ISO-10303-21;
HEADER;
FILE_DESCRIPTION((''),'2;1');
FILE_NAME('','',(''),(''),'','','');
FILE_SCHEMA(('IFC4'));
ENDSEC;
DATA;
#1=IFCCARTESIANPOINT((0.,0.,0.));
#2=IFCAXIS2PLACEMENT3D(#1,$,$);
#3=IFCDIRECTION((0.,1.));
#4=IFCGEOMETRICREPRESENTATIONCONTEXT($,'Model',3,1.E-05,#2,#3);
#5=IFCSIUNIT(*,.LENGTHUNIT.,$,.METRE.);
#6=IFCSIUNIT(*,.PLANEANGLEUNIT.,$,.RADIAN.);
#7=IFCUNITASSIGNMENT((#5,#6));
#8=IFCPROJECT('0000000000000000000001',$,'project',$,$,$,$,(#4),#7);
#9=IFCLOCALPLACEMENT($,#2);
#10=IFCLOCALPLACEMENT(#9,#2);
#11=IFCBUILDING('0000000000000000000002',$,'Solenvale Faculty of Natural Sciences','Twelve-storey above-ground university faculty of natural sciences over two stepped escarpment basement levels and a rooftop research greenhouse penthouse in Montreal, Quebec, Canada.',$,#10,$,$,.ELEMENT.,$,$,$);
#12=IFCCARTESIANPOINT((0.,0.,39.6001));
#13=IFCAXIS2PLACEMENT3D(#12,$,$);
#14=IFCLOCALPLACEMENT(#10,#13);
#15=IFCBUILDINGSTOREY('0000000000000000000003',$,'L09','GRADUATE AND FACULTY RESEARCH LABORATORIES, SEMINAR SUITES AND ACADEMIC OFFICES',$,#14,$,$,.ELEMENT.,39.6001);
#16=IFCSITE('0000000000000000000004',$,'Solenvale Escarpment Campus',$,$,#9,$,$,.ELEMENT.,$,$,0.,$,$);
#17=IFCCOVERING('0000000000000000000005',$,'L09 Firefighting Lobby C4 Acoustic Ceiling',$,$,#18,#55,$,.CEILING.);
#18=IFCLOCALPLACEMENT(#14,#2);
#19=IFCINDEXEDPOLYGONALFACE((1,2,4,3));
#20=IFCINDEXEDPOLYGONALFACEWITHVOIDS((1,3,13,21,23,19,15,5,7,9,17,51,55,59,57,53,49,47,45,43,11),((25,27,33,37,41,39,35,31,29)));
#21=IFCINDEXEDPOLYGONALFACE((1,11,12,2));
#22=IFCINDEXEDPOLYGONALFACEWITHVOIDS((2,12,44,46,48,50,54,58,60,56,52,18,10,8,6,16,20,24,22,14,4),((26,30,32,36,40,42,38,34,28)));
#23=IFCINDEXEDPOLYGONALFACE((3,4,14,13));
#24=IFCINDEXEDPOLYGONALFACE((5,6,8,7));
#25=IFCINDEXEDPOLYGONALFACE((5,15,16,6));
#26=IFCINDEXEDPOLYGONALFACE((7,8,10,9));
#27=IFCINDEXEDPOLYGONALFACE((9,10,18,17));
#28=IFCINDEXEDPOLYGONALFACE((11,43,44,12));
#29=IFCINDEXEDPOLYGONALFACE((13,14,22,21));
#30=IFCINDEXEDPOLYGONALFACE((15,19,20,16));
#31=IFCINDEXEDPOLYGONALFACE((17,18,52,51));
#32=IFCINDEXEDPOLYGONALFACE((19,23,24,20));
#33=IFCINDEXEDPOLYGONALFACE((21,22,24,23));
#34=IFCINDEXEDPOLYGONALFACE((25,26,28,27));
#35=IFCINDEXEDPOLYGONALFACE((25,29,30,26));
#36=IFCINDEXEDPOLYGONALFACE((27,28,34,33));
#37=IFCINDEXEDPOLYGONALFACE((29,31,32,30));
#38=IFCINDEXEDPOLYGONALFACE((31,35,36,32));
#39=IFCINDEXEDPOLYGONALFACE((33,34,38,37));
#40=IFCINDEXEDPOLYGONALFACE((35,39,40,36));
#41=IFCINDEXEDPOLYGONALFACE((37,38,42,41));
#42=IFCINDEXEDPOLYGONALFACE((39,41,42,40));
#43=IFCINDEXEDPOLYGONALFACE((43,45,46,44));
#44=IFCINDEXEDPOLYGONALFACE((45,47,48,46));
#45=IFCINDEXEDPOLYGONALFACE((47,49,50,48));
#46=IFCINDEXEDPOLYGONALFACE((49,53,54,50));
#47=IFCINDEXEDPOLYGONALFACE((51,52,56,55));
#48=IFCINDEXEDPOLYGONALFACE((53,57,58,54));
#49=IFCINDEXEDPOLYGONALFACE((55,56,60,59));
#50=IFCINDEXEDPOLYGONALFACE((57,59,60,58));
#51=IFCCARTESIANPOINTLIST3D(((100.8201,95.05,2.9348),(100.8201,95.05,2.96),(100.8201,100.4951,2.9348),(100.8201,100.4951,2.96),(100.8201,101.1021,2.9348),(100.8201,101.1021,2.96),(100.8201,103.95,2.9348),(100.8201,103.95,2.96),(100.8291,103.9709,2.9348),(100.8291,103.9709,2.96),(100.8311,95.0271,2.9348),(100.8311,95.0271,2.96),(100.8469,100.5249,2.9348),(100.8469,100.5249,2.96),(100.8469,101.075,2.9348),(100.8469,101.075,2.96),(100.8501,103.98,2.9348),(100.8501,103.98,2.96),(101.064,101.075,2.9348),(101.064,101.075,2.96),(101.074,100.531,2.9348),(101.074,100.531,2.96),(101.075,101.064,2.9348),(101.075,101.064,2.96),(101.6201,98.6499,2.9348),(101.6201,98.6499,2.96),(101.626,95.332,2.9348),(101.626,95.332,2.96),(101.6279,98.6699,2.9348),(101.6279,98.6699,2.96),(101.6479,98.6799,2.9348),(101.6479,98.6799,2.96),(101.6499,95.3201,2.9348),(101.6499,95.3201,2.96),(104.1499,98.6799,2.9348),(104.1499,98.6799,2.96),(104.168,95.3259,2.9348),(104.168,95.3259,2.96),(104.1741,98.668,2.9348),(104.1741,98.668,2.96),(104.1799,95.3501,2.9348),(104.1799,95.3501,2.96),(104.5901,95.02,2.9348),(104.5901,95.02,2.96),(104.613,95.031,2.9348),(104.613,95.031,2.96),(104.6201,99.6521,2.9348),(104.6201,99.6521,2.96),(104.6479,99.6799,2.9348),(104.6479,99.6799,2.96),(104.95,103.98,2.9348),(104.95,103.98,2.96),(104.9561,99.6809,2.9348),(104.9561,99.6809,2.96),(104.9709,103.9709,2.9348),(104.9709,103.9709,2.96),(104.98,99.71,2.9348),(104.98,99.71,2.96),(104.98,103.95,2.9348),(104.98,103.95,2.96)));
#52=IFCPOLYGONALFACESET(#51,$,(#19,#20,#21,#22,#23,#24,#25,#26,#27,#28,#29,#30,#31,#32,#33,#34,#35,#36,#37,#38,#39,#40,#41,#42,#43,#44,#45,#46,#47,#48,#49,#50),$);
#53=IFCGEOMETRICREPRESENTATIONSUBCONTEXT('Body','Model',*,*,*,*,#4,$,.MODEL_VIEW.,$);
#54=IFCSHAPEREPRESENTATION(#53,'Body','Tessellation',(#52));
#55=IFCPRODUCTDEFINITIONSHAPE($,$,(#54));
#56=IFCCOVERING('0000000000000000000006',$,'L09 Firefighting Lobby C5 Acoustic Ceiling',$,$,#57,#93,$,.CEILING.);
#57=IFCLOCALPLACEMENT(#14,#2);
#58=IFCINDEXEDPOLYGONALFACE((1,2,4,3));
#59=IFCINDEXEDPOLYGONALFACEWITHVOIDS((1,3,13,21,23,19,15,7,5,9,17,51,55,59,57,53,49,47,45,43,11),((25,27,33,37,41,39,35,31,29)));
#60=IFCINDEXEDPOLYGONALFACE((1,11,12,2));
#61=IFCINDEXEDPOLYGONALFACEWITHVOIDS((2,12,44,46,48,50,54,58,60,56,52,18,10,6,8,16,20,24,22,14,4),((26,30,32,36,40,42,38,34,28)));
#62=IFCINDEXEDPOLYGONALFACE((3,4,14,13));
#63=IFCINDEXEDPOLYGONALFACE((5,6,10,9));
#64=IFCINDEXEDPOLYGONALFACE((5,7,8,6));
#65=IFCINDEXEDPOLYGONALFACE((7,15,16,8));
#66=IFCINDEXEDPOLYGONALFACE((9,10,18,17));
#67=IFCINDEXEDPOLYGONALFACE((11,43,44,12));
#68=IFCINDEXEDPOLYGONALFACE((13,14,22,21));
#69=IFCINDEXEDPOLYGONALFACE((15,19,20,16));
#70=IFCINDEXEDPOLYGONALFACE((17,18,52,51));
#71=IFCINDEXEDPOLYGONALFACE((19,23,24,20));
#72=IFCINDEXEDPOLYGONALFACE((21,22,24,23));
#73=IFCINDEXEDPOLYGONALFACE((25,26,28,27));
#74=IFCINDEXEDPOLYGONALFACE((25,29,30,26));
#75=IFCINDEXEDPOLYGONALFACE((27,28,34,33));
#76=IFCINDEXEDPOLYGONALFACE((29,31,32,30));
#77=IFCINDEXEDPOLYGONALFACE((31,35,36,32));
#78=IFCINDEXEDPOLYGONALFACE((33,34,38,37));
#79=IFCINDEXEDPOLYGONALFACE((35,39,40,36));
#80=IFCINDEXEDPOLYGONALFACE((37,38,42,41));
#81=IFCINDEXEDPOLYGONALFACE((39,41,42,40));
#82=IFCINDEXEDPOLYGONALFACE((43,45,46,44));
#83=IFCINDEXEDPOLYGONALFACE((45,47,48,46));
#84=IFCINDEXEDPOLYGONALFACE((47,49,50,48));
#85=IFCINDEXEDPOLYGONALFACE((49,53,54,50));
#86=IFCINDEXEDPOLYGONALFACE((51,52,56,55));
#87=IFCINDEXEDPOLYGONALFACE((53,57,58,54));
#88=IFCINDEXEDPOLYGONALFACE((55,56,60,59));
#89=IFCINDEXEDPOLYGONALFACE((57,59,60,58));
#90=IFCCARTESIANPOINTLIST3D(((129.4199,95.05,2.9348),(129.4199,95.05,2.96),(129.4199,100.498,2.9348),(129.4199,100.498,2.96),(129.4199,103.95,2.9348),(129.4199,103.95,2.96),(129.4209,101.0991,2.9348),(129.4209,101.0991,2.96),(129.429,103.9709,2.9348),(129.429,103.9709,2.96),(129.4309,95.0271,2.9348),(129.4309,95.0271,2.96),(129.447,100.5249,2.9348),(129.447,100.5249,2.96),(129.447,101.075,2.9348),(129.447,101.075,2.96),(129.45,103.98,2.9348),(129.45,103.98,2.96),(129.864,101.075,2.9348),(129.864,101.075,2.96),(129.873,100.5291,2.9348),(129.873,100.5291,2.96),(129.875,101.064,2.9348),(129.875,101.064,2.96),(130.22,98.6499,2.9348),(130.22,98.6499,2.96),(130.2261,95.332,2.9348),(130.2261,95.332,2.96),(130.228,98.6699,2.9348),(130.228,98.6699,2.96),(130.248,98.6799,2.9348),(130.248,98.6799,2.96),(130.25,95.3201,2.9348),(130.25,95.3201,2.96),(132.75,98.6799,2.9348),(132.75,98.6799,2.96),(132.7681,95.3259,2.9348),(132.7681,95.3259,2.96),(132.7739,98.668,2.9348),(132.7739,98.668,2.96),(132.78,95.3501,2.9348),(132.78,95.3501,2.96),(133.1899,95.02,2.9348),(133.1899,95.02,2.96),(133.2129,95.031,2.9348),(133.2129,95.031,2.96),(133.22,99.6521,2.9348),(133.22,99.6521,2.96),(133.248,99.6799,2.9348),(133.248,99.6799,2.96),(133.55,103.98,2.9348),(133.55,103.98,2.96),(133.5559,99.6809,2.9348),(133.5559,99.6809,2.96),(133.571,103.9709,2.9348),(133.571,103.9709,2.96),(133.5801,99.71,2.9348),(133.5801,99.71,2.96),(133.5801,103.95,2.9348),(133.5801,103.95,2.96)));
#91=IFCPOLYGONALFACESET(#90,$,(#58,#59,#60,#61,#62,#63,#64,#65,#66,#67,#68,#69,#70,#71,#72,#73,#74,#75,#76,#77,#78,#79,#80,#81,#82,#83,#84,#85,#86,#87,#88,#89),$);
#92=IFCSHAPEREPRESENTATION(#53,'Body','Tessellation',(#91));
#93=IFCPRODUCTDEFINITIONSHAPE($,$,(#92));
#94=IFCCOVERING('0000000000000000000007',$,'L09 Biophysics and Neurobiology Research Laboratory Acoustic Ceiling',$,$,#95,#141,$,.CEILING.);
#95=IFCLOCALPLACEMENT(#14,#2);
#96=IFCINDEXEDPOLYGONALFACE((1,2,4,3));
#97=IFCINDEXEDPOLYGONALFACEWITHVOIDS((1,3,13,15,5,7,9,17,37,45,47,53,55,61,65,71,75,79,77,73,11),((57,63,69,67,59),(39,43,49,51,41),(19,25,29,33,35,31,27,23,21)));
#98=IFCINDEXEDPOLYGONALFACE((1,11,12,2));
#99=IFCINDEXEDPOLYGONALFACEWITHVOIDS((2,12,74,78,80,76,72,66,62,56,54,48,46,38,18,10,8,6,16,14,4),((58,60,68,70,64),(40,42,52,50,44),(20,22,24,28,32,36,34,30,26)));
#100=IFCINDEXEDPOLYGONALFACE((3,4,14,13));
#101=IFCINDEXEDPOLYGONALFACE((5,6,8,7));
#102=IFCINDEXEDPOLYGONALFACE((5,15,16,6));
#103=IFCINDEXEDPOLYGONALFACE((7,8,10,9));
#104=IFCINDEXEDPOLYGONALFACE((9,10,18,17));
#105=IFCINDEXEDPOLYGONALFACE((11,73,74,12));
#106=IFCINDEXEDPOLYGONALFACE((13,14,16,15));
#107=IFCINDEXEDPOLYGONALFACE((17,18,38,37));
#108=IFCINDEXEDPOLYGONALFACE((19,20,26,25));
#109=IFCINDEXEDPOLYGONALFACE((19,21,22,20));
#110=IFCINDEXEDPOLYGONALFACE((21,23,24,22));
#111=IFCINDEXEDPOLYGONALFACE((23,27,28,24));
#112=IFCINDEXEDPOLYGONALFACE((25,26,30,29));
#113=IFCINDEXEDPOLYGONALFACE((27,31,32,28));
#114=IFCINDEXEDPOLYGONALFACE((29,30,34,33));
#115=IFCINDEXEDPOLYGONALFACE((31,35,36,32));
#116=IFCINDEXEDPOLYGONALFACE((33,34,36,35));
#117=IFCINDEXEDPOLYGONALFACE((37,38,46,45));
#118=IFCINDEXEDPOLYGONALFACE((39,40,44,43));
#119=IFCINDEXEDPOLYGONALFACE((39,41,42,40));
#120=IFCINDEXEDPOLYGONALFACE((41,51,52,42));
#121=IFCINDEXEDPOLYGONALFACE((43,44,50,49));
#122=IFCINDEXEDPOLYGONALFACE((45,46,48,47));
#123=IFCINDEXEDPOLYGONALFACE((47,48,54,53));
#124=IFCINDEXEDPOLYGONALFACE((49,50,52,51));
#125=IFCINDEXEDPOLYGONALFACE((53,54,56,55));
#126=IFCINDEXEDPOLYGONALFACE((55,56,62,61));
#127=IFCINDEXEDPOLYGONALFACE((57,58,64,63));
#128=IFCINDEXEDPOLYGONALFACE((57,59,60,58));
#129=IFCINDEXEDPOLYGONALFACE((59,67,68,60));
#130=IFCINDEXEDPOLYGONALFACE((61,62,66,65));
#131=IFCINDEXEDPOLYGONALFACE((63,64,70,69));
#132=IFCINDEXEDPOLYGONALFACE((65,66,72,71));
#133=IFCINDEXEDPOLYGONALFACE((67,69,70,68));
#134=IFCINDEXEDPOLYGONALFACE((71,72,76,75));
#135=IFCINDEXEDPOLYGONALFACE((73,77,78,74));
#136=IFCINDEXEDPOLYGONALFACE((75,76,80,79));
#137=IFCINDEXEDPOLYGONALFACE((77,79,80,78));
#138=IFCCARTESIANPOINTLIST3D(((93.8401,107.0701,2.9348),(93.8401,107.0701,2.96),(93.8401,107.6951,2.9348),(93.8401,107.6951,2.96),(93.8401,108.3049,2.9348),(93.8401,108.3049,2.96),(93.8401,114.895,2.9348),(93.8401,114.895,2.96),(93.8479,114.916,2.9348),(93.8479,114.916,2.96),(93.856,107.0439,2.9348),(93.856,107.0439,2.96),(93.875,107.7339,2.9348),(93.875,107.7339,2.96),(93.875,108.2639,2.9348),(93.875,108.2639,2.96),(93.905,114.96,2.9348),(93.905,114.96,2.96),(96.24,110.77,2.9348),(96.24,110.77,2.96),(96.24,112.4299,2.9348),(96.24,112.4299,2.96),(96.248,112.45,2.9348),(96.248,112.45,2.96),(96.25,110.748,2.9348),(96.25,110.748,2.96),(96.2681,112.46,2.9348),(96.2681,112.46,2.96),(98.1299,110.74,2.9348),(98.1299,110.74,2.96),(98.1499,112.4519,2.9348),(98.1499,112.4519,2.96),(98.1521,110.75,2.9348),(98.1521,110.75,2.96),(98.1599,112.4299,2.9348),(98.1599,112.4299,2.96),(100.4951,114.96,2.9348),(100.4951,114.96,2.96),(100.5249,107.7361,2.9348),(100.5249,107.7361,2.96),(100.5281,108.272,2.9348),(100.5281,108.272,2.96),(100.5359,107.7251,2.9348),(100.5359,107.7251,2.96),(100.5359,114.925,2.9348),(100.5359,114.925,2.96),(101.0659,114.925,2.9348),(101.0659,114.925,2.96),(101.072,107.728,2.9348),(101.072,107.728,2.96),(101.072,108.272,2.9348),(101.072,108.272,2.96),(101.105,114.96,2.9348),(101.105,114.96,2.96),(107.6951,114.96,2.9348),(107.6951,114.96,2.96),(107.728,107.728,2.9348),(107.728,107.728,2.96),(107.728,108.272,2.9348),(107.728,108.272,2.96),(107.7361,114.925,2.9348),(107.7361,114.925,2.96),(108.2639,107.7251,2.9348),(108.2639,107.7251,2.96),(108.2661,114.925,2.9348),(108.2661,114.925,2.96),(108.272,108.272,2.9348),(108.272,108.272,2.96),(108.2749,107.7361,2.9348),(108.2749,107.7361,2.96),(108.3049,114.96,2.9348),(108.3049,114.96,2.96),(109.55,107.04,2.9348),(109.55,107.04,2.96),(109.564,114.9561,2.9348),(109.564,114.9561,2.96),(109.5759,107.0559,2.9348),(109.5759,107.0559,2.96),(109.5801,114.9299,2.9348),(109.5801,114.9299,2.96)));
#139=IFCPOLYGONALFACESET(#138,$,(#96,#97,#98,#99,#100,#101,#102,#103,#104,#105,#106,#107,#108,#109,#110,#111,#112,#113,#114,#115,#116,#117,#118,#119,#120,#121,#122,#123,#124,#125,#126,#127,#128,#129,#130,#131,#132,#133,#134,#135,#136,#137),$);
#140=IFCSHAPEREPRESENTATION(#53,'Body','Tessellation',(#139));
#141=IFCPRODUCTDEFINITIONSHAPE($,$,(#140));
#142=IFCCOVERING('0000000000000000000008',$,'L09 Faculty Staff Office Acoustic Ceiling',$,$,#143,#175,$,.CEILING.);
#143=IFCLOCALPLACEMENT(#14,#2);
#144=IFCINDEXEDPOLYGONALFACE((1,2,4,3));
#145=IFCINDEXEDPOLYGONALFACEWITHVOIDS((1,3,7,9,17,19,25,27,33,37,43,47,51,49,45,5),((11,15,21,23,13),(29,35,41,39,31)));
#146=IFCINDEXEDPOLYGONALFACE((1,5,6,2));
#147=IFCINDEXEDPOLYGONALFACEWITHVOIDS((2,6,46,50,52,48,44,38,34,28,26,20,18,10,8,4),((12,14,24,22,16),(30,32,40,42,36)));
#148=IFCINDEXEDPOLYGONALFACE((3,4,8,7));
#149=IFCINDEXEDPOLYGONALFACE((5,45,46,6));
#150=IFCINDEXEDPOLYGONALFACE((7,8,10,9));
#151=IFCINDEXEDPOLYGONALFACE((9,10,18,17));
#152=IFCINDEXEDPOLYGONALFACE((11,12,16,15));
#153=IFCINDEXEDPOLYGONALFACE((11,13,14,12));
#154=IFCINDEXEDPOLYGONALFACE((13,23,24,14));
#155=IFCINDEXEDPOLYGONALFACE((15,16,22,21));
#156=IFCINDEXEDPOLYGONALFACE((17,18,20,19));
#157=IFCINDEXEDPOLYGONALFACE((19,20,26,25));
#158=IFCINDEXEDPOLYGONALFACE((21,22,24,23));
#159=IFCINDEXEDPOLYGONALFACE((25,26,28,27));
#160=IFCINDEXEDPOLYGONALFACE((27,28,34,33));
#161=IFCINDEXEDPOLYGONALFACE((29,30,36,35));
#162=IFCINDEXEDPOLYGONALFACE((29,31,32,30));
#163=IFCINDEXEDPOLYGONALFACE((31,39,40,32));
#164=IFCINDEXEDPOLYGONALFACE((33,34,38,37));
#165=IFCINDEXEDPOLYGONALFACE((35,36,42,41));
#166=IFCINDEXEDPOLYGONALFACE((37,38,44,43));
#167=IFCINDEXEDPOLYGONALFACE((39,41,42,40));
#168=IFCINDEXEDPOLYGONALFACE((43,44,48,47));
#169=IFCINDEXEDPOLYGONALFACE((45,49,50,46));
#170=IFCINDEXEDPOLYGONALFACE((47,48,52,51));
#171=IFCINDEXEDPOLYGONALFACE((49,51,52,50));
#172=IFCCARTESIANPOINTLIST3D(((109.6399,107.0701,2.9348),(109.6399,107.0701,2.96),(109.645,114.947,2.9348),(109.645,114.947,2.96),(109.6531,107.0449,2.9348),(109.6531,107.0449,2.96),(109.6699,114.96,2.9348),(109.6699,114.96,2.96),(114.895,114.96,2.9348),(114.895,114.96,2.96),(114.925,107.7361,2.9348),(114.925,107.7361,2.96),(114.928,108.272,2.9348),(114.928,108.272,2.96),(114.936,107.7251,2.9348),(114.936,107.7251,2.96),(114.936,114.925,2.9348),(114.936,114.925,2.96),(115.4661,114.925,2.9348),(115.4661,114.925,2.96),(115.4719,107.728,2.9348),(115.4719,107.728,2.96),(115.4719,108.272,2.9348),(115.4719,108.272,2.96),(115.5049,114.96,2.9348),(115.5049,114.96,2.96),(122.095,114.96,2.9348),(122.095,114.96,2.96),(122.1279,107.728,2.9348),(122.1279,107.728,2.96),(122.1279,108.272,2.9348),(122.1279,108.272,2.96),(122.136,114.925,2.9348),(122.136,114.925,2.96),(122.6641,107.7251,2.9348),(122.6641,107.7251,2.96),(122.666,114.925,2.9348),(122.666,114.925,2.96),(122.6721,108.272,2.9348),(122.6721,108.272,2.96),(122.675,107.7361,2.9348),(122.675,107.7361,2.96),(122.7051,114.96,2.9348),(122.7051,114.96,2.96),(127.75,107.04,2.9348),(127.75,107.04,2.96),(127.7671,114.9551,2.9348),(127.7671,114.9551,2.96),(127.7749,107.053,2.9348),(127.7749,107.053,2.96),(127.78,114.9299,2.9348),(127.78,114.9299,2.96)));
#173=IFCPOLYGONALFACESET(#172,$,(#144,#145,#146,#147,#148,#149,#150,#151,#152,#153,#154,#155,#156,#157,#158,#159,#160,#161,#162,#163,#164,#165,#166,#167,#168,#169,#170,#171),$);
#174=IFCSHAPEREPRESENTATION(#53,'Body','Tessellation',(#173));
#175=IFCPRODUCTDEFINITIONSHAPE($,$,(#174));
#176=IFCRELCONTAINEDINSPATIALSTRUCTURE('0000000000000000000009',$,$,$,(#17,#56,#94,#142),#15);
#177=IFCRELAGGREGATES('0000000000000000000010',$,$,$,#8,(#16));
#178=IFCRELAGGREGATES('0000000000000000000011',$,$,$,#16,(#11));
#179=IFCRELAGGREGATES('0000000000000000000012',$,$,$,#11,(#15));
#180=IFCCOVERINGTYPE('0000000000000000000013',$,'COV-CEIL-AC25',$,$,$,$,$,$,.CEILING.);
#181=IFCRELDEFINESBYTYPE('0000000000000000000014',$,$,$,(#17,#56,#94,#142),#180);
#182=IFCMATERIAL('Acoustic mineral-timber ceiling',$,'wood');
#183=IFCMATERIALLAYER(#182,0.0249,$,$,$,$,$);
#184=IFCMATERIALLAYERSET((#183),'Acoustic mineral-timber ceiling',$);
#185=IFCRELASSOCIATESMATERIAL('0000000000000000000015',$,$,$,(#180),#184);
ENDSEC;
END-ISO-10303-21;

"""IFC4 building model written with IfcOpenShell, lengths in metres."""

from ifc_helpers import new_model, si_unit, direction, frame, origin, place, context, subcontext, project, spatial, polyline, outline, extrude, material, layer, layer_set, type_object, element, save


model = new_model("IFC4")

# Units and contexts
model_context = context("Model", 3, precision=1e-05, world=origin(), true_north=direction((0.0, 1.0)))
body_context = subcontext(model_context, "Body", "Model", "MODEL_VIEW")
ifc_project = project(units=[si_unit("LENGTHUNIT", "METRE"), si_unit("PLANEANGLEUNIT", "RADIAN")], contexts=[model_context])

# Site, building, storey
site_placement = place(None, origin())
site = spatial("IfcSite", under=ifc_project, at=site_placement, Name="Solenvale Escarpment Campus", CompositionType="ELEMENT", RefElevation=0.0)
building_placement = place(site_placement, origin())
building = spatial("IfcBuilding", under=site, at=building_placement, Name="Solenvale Faculty of Natural Sciences", Description="Twelve-storey above-ground university faculty of natural sciences over two stepped escarpment basement levels and a rooftop research greenhouse penthouse in Montreal, Quebec, Canada.", CompositionType="ELEMENT")
storey_placement = place(building_placement, frame((0.0, 0.0, 39.6001)))
storey = spatial("IfcBuildingStorey", under=building, at=storey_placement, Name="L09", Description="GRADUATE AND FACULTY RESEARCH LABORATORIES, SEMINAR SUITES AND ACADEMIC OFFICES", CompositionType="ELEMENT", Elevation=39.6001)

# Coverings
ifc_material_1 = material(Name="Acoustic mineral-timber ceiling", Category="wood")
ifc_layer_1 = layer(ifc_material_1, 0.0249)
ifc_layer_set_1 = layer_set([ifc_layer_1], Name="Acoustic mineral-timber ceiling")
covering_type_1 = type_object("IfcCoveringType", Name="COV-CEIL-AC25", PredefinedType="CEILING", material=ifc_layer_set_1)
covering_1_placement = place(storey_placement, frame((0.0, 0.0, 2.9348)))
element("IfcCovering", 1, at=covering_1_placement, inside=storey, type_object=covering_type_1, Name="L09 Firefighting Lobby C4 Acoustic Ceiling", PredefinedType="CEILING", context=body_context, shape_type="SweptSolid", body=[
    extrude(outline(polyline([(104.98, 99.71), (104.9561, 99.6809), (104.6479, 99.6799), (104.6201, 99.6521), (104.613, 95.031), (104.5901, 95.02), (100.8311, 95.0271), (100.8201, 95.05), (100.8201, 100.4951), (100.8469, 100.5249), (101.074, 100.531), (101.075, 101.064), (101.064, 101.075), (100.8469, 101.075), (100.8201, 101.1021), (100.8201, 103.95), (100.8291, 103.9709), (100.8501, 103.98), (104.95, 103.98), (104.9709, 103.9709), (104.98, 103.95), (104.98, 99.71)]), holes=[polyline([(101.6479, 98.6799), (101.6279, 98.6699), (101.6201, 98.6499), (101.626, 95.332), (101.6499, 95.3201), (104.168, 95.3259), (104.1799, 95.3501), (104.1741, 98.668), (104.1499, 98.6799), (101.6479, 98.6799)])]), origin(), (0.0, 0.0, 1.0), 0.0251),
])
covering_2_placement = place(storey_placement, frame((0.0, 0.0, 2.9348)))
element("IfcCovering", 2, at=covering_2_placement, inside=storey, type_object=covering_type_1, Name="L09 Firefighting Lobby C5 Acoustic Ceiling", PredefinedType="CEILING", context=body_context, shape_type="SweptSolid", body=[
    extrude(outline(polyline([(133.5801, 99.71), (133.5559, 99.6809), (133.248, 99.6799), (133.22, 99.6521), (133.2129, 95.031), (133.1899, 95.02), (129.4309, 95.0271), (129.4199, 95.05), (129.4199, 100.498), (129.447, 100.5249), (129.873, 100.5291), (129.875, 101.064), (129.864, 101.075), (129.447, 101.075), (129.4209, 101.0991), (129.4199, 103.95), (129.429, 103.9709), (129.45, 103.98), (133.55, 103.98), (133.571, 103.9709), (133.5801, 103.95), (133.5801, 99.71)]), holes=[polyline([(130.248, 98.6799), (130.228, 98.6699), (130.22, 98.6499), (130.2261, 95.332), (130.25, 95.3201), (132.7681, 95.3259), (132.78, 95.3501), (132.7739, 98.668), (132.75, 98.6799), (130.248, 98.6799)])]), origin(), (0.0, 0.0, 1.0), 0.0251),
])
covering_3_placement = place(storey_placement, frame((0.0, 0.0, 2.9348)))
element("IfcCovering", 3, at=covering_3_placement, inside=storey, type_object=covering_type_1, Name="L09 Biophysics and Neurobiology Research Laboratory Acoustic Ceiling", PredefinedType="CEILING", context=body_context, shape_type="SweptSolid", body=[
    extrude(outline(polyline([(93.8401, 114.895), (93.8479, 114.916), (93.905, 114.96), (100.4951, 114.96), (100.5359, 114.925), (101.0659, 114.925), (101.105, 114.96), (107.6951, 114.96), (107.7361, 114.925), (108.2661, 114.925), (108.3049, 114.96), (109.564, 114.9561), (109.5801, 114.9299), (109.5759, 107.0559), (109.55, 107.04), (93.856, 107.0439), (93.8401, 107.0701), (93.8401, 107.6951), (93.875, 107.7339), (93.875, 108.2639), (93.8401, 108.3049), (93.8401, 114.895)]), holes=[polyline([(108.2639, 107.7251), (108.2749, 107.7361), (108.272, 108.272), (107.728, 108.272), (107.728, 107.728), (108.2639, 107.7251)]), polyline([(100.5249, 107.7361), (100.5359, 107.7251), (101.072, 107.728), (101.072, 108.272), (100.5281, 108.272), (100.5249, 107.7361)]), polyline([(96.2681, 112.46), (96.248, 112.45), (96.24, 112.4299), (96.24, 110.77), (96.25, 110.748), (98.1299, 110.74), (98.1521, 110.75), (98.1599, 112.4299), (98.1499, 112.4519), (96.2681, 112.46)])]), origin(), (0.0, 0.0, 1.0), 0.0251),
])
covering_4_placement = place(storey_placement, frame((0.0, 0.0, 2.9348)))
element("IfcCovering", 4, at=covering_4_placement, inside=storey, type_object=covering_type_1, Name="L09 Faculty Staff Office Acoustic Ceiling", PredefinedType="CEILING", context=body_context, shape_type="SweptSolid", body=[
    extrude(outline(polyline([(114.895, 114.96), (114.936, 114.925), (115.4661, 114.925), (115.5049, 114.96), (122.095, 114.96), (122.136, 114.925), (122.666, 114.925), (122.7051, 114.96), (127.7671, 114.9551), (127.78, 114.9299), (127.7749, 107.053), (127.75, 107.04), (109.6531, 107.0449), (109.6399, 107.0701), (109.645, 114.947), (109.6699, 114.96), (114.895, 114.96)]), holes=[polyline([(122.6641, 107.7251), (122.675, 107.7361), (122.6721, 108.272), (122.1279, 108.272), (122.1279, 107.728), (122.6641, 107.7251)]), polyline([(114.925, 107.7361), (114.936, 107.7251), (115.4719, 107.728), (115.4719, 108.272), (114.928, 108.272), (114.925, 107.7361)])]), origin(), (0.0, 0.0, 1.0), 0.0251),
])

save(model, "model.ifc")
